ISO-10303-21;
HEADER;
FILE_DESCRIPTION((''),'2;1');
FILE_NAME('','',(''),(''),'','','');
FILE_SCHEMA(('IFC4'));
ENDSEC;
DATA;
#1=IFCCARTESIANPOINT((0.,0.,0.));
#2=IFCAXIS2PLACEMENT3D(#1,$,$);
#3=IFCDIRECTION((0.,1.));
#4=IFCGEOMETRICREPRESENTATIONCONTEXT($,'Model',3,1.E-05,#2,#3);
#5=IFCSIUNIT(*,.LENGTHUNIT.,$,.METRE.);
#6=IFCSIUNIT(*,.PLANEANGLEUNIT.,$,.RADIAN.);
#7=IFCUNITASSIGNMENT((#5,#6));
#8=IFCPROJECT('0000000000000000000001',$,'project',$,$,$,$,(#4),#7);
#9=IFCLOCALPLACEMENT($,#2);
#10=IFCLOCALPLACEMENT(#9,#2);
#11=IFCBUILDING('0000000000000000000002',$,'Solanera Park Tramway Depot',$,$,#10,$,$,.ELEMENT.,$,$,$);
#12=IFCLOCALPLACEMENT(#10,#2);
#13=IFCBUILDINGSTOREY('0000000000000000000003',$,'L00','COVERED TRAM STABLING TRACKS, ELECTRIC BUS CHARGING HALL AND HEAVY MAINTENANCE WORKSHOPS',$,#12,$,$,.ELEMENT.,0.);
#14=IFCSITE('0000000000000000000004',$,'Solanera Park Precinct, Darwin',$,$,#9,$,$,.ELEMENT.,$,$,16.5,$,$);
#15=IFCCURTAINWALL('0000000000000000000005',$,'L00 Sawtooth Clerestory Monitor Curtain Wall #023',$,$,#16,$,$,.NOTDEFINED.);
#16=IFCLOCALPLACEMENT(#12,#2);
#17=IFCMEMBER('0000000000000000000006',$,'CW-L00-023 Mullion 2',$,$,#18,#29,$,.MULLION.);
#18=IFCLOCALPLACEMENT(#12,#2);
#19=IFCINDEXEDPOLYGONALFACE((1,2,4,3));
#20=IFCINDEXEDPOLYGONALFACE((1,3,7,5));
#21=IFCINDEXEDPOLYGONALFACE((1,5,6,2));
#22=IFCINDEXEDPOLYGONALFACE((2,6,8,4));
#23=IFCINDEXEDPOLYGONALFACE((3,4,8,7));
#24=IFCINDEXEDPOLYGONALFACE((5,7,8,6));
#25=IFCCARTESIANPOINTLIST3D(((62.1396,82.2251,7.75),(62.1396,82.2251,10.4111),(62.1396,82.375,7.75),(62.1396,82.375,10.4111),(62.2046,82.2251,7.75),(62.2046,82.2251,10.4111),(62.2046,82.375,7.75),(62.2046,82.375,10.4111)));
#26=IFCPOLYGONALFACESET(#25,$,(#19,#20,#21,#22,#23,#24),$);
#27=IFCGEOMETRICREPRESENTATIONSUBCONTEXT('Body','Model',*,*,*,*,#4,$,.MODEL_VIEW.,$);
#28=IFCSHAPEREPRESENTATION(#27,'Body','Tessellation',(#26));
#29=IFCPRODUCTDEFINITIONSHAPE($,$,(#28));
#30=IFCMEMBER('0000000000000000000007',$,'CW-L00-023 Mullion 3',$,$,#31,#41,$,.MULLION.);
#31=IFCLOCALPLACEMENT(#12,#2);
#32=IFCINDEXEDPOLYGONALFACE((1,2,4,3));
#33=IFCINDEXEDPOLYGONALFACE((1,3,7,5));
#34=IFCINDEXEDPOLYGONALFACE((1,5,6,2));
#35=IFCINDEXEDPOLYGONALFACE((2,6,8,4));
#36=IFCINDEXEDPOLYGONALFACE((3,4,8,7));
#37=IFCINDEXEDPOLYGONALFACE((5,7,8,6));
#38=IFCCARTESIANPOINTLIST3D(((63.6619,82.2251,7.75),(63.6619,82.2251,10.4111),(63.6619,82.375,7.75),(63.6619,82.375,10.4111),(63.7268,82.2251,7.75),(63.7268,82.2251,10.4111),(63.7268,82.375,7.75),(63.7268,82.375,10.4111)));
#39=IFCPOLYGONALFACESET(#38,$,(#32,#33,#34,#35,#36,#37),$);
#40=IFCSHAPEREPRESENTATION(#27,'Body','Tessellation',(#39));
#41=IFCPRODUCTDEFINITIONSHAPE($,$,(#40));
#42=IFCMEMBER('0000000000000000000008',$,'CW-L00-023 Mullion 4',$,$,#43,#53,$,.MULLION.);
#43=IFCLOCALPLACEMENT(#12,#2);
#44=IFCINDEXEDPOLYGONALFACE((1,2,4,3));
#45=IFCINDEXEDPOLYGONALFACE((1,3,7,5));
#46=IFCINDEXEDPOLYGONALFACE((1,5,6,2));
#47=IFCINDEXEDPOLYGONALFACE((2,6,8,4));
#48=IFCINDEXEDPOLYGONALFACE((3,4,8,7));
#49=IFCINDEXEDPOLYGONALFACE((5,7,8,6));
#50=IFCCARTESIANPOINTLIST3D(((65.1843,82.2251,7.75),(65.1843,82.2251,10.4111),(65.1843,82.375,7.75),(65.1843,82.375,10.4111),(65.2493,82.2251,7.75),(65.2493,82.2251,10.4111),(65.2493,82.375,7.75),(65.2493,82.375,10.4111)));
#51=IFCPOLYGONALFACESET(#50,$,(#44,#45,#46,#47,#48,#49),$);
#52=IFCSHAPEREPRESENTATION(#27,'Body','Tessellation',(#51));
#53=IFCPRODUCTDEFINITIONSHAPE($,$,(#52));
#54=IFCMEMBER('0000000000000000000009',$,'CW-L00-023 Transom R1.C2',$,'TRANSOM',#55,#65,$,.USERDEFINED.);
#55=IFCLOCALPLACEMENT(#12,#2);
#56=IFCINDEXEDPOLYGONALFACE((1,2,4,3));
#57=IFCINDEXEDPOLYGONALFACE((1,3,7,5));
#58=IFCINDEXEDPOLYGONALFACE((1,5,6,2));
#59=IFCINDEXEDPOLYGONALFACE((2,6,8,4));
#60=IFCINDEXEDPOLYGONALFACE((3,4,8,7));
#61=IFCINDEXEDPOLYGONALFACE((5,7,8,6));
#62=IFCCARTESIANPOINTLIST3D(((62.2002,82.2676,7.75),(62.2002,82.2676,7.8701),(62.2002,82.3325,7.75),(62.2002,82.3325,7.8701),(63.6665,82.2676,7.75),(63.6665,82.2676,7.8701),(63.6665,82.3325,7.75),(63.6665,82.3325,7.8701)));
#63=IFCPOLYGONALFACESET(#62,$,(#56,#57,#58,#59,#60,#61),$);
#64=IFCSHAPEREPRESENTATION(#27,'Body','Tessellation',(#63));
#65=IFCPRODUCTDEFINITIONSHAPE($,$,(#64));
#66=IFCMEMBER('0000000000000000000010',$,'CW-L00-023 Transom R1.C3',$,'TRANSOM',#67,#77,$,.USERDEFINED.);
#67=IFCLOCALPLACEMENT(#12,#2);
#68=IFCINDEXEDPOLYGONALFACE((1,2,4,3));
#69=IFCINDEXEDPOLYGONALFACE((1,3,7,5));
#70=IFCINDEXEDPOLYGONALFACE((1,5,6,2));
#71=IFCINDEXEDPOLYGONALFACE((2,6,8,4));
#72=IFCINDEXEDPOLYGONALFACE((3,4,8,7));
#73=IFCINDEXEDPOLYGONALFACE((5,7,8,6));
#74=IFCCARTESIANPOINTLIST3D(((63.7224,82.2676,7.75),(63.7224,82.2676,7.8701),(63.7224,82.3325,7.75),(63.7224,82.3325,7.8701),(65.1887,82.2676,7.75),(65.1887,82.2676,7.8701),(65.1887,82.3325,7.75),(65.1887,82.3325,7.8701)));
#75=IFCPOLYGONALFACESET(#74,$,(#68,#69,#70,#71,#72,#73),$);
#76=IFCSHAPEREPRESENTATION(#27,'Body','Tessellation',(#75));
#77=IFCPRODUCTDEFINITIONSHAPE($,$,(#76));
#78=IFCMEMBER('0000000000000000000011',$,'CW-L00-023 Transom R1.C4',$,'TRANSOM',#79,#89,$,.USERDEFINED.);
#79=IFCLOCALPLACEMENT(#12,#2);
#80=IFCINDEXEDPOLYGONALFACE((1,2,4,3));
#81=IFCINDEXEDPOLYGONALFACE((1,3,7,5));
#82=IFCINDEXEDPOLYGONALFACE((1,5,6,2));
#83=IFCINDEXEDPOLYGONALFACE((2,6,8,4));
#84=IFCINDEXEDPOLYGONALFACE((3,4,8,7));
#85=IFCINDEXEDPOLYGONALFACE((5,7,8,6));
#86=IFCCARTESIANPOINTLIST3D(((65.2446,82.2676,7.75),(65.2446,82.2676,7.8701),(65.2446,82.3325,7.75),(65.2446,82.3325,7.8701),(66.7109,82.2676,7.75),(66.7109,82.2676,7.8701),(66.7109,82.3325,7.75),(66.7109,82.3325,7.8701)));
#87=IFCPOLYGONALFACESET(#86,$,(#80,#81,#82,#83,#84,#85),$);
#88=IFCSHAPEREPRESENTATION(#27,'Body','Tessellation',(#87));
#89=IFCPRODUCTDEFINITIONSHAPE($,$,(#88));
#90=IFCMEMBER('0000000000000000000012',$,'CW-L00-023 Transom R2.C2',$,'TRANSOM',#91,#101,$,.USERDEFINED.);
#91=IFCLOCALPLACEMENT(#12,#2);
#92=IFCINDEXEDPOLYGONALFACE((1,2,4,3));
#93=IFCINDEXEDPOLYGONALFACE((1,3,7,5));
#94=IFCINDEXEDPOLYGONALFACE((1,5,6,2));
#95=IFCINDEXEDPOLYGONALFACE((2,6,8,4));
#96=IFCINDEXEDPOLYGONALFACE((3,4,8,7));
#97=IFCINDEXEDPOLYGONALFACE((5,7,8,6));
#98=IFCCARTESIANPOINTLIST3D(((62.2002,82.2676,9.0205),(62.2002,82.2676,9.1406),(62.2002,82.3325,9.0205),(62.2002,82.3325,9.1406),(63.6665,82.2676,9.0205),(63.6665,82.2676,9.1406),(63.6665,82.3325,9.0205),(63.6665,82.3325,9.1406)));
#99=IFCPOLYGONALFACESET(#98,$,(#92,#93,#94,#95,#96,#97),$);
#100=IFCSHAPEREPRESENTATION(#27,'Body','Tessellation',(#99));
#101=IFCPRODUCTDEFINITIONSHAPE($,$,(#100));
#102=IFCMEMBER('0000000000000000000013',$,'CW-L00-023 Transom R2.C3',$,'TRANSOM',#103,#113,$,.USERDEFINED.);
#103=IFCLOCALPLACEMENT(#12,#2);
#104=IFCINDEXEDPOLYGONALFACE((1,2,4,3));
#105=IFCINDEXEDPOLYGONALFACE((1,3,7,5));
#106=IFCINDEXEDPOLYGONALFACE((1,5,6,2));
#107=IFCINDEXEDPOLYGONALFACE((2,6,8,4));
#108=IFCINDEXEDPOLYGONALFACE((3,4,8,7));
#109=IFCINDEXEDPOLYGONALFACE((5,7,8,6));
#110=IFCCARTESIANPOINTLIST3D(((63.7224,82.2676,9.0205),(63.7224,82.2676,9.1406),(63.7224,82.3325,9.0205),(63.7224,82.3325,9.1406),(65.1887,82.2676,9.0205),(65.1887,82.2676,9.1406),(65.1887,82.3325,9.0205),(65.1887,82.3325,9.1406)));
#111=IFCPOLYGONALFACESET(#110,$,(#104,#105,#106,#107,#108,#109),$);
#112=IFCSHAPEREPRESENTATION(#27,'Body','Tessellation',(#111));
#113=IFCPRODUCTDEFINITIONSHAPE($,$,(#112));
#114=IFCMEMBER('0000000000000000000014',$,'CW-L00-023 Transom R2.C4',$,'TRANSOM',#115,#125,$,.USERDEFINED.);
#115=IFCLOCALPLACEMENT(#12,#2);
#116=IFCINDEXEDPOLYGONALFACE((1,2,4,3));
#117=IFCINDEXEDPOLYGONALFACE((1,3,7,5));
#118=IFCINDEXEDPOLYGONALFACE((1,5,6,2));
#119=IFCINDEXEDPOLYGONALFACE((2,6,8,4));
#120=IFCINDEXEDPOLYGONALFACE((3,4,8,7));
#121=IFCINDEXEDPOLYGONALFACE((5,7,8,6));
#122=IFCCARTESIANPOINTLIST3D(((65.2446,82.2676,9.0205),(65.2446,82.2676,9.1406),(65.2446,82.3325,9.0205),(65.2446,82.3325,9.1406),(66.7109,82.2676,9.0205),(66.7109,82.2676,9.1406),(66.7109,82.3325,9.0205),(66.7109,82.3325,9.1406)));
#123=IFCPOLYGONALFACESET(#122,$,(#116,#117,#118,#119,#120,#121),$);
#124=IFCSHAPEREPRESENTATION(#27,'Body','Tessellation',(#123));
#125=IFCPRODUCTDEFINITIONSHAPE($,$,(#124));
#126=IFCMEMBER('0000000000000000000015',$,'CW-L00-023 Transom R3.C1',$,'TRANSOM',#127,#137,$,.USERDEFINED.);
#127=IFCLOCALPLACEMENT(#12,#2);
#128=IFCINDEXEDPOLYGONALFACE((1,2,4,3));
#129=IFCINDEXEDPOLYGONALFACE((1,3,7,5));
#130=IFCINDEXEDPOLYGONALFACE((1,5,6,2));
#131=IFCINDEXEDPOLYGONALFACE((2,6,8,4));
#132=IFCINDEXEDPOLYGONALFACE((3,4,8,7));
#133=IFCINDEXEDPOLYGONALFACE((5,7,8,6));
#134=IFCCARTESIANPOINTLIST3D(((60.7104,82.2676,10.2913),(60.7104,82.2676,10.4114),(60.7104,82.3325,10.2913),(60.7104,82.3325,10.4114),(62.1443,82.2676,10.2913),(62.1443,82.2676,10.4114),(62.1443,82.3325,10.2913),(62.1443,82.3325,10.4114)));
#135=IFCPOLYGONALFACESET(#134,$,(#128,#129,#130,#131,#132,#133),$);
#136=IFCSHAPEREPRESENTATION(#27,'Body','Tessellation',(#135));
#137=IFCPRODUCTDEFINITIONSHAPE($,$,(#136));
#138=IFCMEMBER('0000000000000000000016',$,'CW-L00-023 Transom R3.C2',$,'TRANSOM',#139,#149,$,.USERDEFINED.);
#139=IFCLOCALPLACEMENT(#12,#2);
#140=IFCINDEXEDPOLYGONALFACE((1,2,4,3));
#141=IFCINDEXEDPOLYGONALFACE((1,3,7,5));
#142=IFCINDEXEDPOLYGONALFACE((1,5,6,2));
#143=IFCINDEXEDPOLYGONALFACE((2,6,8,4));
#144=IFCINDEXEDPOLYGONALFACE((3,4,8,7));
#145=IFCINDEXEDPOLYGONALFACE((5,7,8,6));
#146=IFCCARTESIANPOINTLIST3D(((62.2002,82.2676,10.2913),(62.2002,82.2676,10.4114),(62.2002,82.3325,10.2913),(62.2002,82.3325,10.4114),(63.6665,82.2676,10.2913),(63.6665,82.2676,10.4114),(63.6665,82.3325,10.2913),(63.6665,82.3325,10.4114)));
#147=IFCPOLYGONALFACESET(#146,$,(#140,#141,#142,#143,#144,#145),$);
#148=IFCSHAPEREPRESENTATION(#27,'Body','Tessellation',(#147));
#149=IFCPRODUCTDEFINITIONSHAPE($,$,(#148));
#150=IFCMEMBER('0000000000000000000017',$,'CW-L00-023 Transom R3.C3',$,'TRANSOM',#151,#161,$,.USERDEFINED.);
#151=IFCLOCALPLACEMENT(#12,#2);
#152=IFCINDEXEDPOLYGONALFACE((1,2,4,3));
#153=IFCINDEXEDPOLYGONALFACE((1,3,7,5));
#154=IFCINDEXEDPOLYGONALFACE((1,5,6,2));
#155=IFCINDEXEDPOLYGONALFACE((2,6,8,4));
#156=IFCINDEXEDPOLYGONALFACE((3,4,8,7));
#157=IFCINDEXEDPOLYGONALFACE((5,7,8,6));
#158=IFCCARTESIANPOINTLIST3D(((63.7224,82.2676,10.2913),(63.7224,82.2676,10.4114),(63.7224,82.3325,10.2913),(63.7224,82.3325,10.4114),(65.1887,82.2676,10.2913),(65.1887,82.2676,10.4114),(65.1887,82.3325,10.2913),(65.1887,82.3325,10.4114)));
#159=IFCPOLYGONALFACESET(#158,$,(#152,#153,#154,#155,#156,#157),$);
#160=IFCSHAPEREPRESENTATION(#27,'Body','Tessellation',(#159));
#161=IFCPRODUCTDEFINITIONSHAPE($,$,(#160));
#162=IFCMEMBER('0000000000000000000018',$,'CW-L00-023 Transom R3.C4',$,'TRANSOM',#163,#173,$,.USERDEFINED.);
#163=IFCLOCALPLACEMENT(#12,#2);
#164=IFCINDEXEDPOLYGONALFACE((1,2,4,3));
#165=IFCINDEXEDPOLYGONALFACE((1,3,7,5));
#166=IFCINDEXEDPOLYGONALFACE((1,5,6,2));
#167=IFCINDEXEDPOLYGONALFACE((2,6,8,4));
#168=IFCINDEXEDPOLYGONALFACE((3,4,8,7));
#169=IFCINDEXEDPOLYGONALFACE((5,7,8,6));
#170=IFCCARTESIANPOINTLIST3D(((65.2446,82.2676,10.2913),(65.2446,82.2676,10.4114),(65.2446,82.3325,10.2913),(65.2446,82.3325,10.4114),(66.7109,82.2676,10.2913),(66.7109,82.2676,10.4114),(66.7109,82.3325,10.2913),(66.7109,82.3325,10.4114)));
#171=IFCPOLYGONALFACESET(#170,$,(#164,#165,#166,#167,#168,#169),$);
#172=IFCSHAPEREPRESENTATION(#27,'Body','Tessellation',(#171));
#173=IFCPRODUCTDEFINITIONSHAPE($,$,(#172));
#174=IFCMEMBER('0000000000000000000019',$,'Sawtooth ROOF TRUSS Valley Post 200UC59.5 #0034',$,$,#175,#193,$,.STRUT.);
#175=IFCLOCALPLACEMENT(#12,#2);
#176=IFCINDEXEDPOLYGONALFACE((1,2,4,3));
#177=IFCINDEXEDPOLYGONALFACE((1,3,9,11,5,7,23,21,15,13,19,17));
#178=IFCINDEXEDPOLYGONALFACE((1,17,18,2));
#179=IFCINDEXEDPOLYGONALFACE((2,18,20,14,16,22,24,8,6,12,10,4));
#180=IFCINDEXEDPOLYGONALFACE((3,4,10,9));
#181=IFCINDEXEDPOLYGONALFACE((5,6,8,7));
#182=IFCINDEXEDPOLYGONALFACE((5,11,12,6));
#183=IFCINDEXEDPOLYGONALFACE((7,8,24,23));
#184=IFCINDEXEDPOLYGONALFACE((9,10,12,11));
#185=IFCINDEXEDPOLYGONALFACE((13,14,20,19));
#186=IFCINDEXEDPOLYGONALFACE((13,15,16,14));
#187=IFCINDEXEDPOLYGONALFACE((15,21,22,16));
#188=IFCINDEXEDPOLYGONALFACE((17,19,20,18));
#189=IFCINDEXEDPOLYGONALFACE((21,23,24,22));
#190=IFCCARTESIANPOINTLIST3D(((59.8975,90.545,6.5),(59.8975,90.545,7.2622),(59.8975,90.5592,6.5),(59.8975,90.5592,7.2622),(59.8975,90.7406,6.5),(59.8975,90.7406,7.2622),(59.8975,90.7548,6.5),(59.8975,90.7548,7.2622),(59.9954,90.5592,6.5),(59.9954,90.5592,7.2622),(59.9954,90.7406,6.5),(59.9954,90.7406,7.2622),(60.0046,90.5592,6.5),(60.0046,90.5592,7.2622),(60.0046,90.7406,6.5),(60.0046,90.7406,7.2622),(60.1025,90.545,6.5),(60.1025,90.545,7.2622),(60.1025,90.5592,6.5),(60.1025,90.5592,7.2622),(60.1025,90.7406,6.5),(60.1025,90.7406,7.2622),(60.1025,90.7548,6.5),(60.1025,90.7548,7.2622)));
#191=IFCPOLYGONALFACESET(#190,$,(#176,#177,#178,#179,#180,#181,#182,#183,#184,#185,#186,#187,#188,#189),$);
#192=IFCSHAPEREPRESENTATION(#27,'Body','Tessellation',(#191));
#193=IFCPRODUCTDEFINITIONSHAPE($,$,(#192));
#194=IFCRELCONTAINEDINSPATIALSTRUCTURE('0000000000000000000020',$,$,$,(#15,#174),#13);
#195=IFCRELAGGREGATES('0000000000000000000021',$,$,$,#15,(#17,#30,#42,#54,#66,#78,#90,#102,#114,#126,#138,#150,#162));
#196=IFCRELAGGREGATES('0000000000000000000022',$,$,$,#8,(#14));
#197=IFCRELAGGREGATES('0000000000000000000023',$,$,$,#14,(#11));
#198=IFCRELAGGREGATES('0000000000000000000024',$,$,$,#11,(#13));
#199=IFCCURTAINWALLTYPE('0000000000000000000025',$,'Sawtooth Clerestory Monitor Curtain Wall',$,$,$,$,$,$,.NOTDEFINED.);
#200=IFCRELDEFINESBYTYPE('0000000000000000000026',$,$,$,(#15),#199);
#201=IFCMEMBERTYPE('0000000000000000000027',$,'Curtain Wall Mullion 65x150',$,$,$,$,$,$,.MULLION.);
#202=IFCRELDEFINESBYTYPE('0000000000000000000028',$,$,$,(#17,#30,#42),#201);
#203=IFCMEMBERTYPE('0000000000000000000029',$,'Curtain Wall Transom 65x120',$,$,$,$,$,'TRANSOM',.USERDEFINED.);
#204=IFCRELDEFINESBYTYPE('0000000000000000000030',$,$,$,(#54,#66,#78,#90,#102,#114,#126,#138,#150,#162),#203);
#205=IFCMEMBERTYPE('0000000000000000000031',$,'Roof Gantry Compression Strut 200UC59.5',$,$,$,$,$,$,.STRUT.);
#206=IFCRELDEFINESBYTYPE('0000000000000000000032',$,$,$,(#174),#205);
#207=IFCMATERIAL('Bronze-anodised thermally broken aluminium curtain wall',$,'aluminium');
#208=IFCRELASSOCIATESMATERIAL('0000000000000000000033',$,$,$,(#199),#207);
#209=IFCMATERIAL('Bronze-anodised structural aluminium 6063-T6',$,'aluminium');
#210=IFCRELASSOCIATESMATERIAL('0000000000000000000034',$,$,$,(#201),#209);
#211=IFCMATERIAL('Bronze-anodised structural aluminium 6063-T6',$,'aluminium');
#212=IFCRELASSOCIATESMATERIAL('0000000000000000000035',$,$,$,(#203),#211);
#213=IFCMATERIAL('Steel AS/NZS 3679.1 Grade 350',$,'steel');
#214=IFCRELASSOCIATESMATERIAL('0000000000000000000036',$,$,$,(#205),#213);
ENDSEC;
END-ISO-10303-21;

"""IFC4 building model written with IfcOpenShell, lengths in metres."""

from ifc_helpers import new_model, si_unit, direction, frame, origin, origin_2d, place, context, subcontext, project, spatial, rectangle, i_section, extrude, material, material_profile, profile_set, type_object, element, aggregate, save


model = new_model("IFC4")

# Units and contexts
model_context = context("Model", 3, precision=1e-05, world=origin(), true_north=direction((0.0, 1.0)))
body_context = subcontext(model_context, "Body", "Model", "MODEL_VIEW")
ifc_project = project(units=[si_unit("LENGTHUNIT", "METRE"), si_unit("PLANEANGLEUNIT", "RADIAN")], contexts=[model_context])

# Site, building, storey
site_placement = place(None, origin())
site = spatial("IfcSite", under=ifc_project, at=site_placement, Name="Solanera Park Precinct, Darwin", CompositionType="ELEMENT", RefElevation=16.5)
building_placement = place(site_placement, origin())
building = spatial("IfcBuilding", under=site, at=building_placement, Name="Solanera Park Tramway Depot", CompositionType="ELEMENT")
storey_placement = place(building_placement, origin())
storey = spatial("IfcBuildingStorey", under=building, at=storey_placement, Name="L00", Description="COVERED TRAM STABLING TRACKS, ELECTRIC BUS CHARGING HALL AND HEAVY MAINTENANCE WORKSHOPS", CompositionType="ELEMENT", Elevation=0.0)

# Curtain wall, members
ifc_material_1 = material(Name="Bronze-anodised thermally broken aluminium curtain wall", Category="aluminium")
curtain_wall_type = type_object("IfcCurtainWallType", Name="Sawtooth Clerestory Monitor Curtain Wall", PredefinedType="NOTDEFINED", material=ifc_material_1)
curtain_wall_placement = place(storey_placement, origin())
curtain_wall = element("IfcCurtainWall", 1, at=curtain_wall_placement, inside=storey, type_object=curtain_wall_type, Name="L00 Sawtooth Clerestory Monitor Curtain Wall #023", PredefinedType="NOTDEFINED")
ifc_material_2 = material(Name="Bronze-anodised structural aluminium 6063-T6", Category="aluminium")
ifc_material_profile_1 = material_profile(ifc_material_2, rectangle(XDim=0.0649, YDim=0.1499, at=origin_2d()), Name="Curtain Wall Mullion 65x150")
ifc_profile_set_1 = profile_set([ifc_material_profile_1], Name="Bronze-anodised structural aluminium 6063-T6")
member_type_1 = type_object("IfcMemberType", Name="Curtain Wall Mullion 65x150", PredefinedType="MULLION", material=ifc_profile_set_1)
member_1_placement = place(storey_placement, frame((62.1721, 82.3, 7.75), z_axis=(0.0, 0.0, 1.0), x_axis=(1.0, 0.0, 0.0)))
member_1 = element("IfcMember", 2, at=member_1_placement, type_object=member_type_1, Name="CW-L00-023 Mullion 2", PredefinedType="MULLION", context=body_context, shape_type="SweptSolid", body=[
    extrude(rectangle(XDim=0.0649, YDim=0.1499, at=origin_2d()), origin(), (0.0, 0.0, 1.0), 2.6611),
])
member_2_placement = place(storey_placement, frame((63.6943, 82.3, 7.75), z_axis=(0.0, 0.0, 1.0), x_axis=(1.0, 0.0, 0.0)))
member_2 = element("IfcMember", 3, at=member_2_placement, type_object=member_type_1, Name="CW-L00-023 Mullion 3", PredefinedType="MULLION", context=body_context, shape_type="SweptSolid", body=[
    extrude(rectangle(XDim=0.0649, YDim=0.1499, at=origin_2d()), origin(), (0.0, 0.0, 1.0), 2.6611),
])
member_3_placement = place(storey_placement, frame((65.2168, 82.3, 7.75), z_axis=(0.0, 0.0, 1.0), x_axis=(1.0, 0.0, 0.0)))
member_3 = element("IfcMember", 4, at=member_3_placement, type_object=member_type_1, Name="CW-L00-023 Mullion 4", PredefinedType="MULLION", context=body_context, shape_type="SweptSolid", body=[
    extrude(rectangle(XDim=0.0649, YDim=0.1499, at=origin_2d()), origin(), (0.0, 0.0, 1.0), 2.6611),
])
ifc_material_3 = material(Name="Bronze-anodised structural aluminium 6063-T6", Category="aluminium")
ifc_material_profile_2 = material_profile(ifc_material_3, rectangle(XDim=0.0649, YDim=0.1201, at=origin_2d()), Name="Curtain Wall Transom 65x120")
ifc_profile_set_2 = profile_set([ifc_material_profile_2], Name="Bronze-anodised structural aluminium 6063-T6")
member_type_2 = type_object("IfcMemberType", Name="Curtain Wall Transom 65x120", ElementType="TRANSOM", PredefinedType="USERDEFINED", material=ifc_profile_set_2)
member_4_placement = place(storey_placement, frame((62.2002, 82.3, 7.8101), z_axis=(1.0, 0.0, 0.0), x_axis=(0.0, 1.0, 0.0)))
member_4 = element("IfcMember", 5, at=member_4_placement, type_object=member_type_2, Name="CW-L00-023 Transom R1.C2", ObjectType="TRANSOM", PredefinedType="USERDEFINED", context=body_context, shape_type="SweptSolid", body=[
    extrude(rectangle(XDim=0.0649, YDim=0.1201, at=origin_2d()), origin(), (0.0, 0.0, 1.0), 1.4663),
])
member_5_placement = place(storey_placement, frame((63.7224, 82.3, 7.8101), z_axis=(1.0, 0.0, 0.0), x_axis=(0.0, 1.0, 0.0)))
member_5 = element("IfcMember", 6, at=member_5_placement, type_object=member_type_2, Name="CW-L00-023 Transom R1.C3", ObjectType="TRANSOM", PredefinedType="USERDEFINED", context=body_context, shape_type="SweptSolid", body=[
    extrude(rectangle(XDim=0.0649, YDim=0.1201, at=origin_2d()), origin(), (0.0, 0.0, 1.0), 1.4663),
])
member_6_placement = place(storey_placement, frame((65.2446, 82.3, 7.8101), z_axis=(1.0, 0.0, 0.0), x_axis=(0.0, 1.0, 0.0)))
member_6 = element("IfcMember", 7, at=member_6_placement, type_object=member_type_2, Name="CW-L00-023 Transom R1.C4", ObjectType="TRANSOM", PredefinedType="USERDEFINED", context=body_context, shape_type="SweptSolid", body=[
    extrude(rectangle(XDim=0.0649, YDim=0.1201, at=origin_2d()), origin(), (0.0, 0.0, 1.0), 1.4663),
])
member_7_placement = place(storey_placement, frame((62.2002, 82.3, 9.0806), z_axis=(1.0, 0.0, 0.0), x_axis=(0.0, 1.0, 0.0)))
member_7 = element("IfcMember", 8, at=member_7_placement, type_object=member_type_2, Name="CW-L00-023 Transom R2.C2", ObjectType="TRANSOM", PredefinedType="USERDEFINED", context=body_context, shape_type="SweptSolid", body=[
    extrude(rectangle(XDim=0.0649, YDim=0.1201, at=origin_2d()), origin(), (0.0, 0.0, 1.0), 1.4663),
])
member_8_placement = place(storey_placement, frame((63.7224, 82.3, 9.0806), z_axis=(1.0, 0.0, 0.0), x_axis=(0.0, 1.0, 0.0)))
member_8 = element("IfcMember", 9, at=member_8_placement, type_object=member_type_2, Name="CW-L00-023 Transom R2.C3", ObjectType="TRANSOM", PredefinedType="USERDEFINED", context=body_context, shape_type="SweptSolid", body=[
    extrude(rectangle(XDim=0.0649, YDim=0.1201, at=origin_2d()), origin(), (0.0, 0.0, 1.0), 1.4663),
])
member_9_placement = place(storey_placement, frame((65.2446, 82.3, 9.0806), z_axis=(1.0, 0.0, 0.0), x_axis=(0.0, 1.0, 0.0)))
member_9 = element("IfcMember", 10, at=member_9_placement, type_object=member_type_2, Name="CW-L00-023 Transom R2.C4", ObjectType="TRANSOM", PredefinedType="USERDEFINED", context=body_context, shape_type="SweptSolid", body=[
    extrude(rectangle(XDim=0.0649, YDim=0.1201, at=origin_2d()), origin(), (0.0, 0.0, 1.0), 1.4663),
])
member_10_placement = place(storey_placement, frame((60.7104, 82.3, 10.3513), z_axis=(1.0, 0.0, 0.0), x_axis=(0.0, 1.0, 0.0)))
member_10 = element("IfcMember", 11, at=member_10_placement, type_object=member_type_2, Name="CW-L00-023 Transom R3.C1", ObjectType="TRANSOM", PredefinedType="USERDEFINED", context=body_context, shape_type="SweptSolid", body=[
    extrude(rectangle(XDim=0.0649, YDim=0.1201, at=origin_2d()), origin(), (0.0, 0.0, 1.0), 1.4338),
])
member_11_placement = place(storey_placement, frame((62.2002, 82.3, 10.3513), z_axis=(1.0, 0.0, 0.0), x_axis=(0.0, 1.0, 0.0)))
member_11 = element("IfcMember", 12, at=member_11_placement, type_object=member_type_2, Name="CW-L00-023 Transom R3.C2", ObjectType="TRANSOM", PredefinedType="USERDEFINED", context=body_context, shape_type="SweptSolid", body=[
    extrude(rectangle(XDim=0.0649, YDim=0.1201, at=origin_2d()), origin(), (0.0, 0.0, 1.0), 1.4663),
])
member_12_placement = place(storey_placement, frame((63.7224, 82.3, 10.3513), z_axis=(1.0, 0.0, 0.0), x_axis=(0.0, 1.0, 0.0)))
member_12 = element("IfcMember", 13, at=member_12_placement, type_object=member_type_2, Name="CW-L00-023 Transom R3.C3", ObjectType="TRANSOM", PredefinedType="USERDEFINED", context=body_context, shape_type="SweptSolid", body=[
    extrude(rectangle(XDim=0.0649, YDim=0.1201, at=origin_2d()), origin(), (0.0, 0.0, 1.0), 1.4663),
])
member_13_placement = place(storey_placement, frame((65.2446, 82.3, 10.3513), z_axis=(1.0, 0.0, 0.0), x_axis=(0.0, 1.0, 0.0)))
member_13 = element("IfcMember", 14, at=member_13_placement, type_object=member_type_2, Name="CW-L00-023 Transom R3.C4", ObjectType="TRANSOM", PredefinedType="USERDEFINED", context=body_context, shape_type="SweptSolid", body=[
    extrude(rectangle(XDim=0.0649, YDim=0.1201, at=origin_2d()), origin(), (0.0, 0.0, 1.0), 1.4663),
])

# Member
ifc_material_4 = material(Name="Steel AS/NZS 3679.1 Grade 350", Category="steel")
ifc_material_profile_3 = material_profile(ifc_material_4, i_section(OverallWidth=0.2051, OverallDepth=0.2097, WebThickness=0.0093, FlangeThickness=0.0142, at=origin_2d()), Name="200UC59.5")
ifc_profile_set_3 = profile_set([ifc_material_profile_3], Name="Steel AS/NZS 3679.1 Grade 350")
member_type_3 = type_object("IfcMemberType", Name="Roof Gantry Compression Strut 200UC59.5", PredefinedType="STRUT", material=ifc_profile_set_3)
member_14_placement = place(storey_placement, frame((60.0, 90.6499, 6.5), z_axis=(0.0, 0.0, 1.0), x_axis=(1.0, 0.0, 0.0)))
element("IfcMember", 15, at=member_14_placement, inside=storey, type_object=member_type_3, Name="Sawtooth ROOF TRUSS Valley Post 200UC59.5 #0034", PredefinedType="STRUT", context=body_context, shape_type="SweptSolid", body=[
    extrude(i_section(OverallWidth=0.2051, OverallDepth=0.2097, WebThickness=0.0093, FlangeThickness=0.0142, at=origin_2d()), origin(), (0.0, 0.0, 1.0), 0.7622),
])

aggregate(curtain_wall, [member_1, member_2, member_3, member_4, member_5, member_6, member_7, member_8, member_9, member_10, member_11, member_12, member_13])

save(model, "model.ifc")
